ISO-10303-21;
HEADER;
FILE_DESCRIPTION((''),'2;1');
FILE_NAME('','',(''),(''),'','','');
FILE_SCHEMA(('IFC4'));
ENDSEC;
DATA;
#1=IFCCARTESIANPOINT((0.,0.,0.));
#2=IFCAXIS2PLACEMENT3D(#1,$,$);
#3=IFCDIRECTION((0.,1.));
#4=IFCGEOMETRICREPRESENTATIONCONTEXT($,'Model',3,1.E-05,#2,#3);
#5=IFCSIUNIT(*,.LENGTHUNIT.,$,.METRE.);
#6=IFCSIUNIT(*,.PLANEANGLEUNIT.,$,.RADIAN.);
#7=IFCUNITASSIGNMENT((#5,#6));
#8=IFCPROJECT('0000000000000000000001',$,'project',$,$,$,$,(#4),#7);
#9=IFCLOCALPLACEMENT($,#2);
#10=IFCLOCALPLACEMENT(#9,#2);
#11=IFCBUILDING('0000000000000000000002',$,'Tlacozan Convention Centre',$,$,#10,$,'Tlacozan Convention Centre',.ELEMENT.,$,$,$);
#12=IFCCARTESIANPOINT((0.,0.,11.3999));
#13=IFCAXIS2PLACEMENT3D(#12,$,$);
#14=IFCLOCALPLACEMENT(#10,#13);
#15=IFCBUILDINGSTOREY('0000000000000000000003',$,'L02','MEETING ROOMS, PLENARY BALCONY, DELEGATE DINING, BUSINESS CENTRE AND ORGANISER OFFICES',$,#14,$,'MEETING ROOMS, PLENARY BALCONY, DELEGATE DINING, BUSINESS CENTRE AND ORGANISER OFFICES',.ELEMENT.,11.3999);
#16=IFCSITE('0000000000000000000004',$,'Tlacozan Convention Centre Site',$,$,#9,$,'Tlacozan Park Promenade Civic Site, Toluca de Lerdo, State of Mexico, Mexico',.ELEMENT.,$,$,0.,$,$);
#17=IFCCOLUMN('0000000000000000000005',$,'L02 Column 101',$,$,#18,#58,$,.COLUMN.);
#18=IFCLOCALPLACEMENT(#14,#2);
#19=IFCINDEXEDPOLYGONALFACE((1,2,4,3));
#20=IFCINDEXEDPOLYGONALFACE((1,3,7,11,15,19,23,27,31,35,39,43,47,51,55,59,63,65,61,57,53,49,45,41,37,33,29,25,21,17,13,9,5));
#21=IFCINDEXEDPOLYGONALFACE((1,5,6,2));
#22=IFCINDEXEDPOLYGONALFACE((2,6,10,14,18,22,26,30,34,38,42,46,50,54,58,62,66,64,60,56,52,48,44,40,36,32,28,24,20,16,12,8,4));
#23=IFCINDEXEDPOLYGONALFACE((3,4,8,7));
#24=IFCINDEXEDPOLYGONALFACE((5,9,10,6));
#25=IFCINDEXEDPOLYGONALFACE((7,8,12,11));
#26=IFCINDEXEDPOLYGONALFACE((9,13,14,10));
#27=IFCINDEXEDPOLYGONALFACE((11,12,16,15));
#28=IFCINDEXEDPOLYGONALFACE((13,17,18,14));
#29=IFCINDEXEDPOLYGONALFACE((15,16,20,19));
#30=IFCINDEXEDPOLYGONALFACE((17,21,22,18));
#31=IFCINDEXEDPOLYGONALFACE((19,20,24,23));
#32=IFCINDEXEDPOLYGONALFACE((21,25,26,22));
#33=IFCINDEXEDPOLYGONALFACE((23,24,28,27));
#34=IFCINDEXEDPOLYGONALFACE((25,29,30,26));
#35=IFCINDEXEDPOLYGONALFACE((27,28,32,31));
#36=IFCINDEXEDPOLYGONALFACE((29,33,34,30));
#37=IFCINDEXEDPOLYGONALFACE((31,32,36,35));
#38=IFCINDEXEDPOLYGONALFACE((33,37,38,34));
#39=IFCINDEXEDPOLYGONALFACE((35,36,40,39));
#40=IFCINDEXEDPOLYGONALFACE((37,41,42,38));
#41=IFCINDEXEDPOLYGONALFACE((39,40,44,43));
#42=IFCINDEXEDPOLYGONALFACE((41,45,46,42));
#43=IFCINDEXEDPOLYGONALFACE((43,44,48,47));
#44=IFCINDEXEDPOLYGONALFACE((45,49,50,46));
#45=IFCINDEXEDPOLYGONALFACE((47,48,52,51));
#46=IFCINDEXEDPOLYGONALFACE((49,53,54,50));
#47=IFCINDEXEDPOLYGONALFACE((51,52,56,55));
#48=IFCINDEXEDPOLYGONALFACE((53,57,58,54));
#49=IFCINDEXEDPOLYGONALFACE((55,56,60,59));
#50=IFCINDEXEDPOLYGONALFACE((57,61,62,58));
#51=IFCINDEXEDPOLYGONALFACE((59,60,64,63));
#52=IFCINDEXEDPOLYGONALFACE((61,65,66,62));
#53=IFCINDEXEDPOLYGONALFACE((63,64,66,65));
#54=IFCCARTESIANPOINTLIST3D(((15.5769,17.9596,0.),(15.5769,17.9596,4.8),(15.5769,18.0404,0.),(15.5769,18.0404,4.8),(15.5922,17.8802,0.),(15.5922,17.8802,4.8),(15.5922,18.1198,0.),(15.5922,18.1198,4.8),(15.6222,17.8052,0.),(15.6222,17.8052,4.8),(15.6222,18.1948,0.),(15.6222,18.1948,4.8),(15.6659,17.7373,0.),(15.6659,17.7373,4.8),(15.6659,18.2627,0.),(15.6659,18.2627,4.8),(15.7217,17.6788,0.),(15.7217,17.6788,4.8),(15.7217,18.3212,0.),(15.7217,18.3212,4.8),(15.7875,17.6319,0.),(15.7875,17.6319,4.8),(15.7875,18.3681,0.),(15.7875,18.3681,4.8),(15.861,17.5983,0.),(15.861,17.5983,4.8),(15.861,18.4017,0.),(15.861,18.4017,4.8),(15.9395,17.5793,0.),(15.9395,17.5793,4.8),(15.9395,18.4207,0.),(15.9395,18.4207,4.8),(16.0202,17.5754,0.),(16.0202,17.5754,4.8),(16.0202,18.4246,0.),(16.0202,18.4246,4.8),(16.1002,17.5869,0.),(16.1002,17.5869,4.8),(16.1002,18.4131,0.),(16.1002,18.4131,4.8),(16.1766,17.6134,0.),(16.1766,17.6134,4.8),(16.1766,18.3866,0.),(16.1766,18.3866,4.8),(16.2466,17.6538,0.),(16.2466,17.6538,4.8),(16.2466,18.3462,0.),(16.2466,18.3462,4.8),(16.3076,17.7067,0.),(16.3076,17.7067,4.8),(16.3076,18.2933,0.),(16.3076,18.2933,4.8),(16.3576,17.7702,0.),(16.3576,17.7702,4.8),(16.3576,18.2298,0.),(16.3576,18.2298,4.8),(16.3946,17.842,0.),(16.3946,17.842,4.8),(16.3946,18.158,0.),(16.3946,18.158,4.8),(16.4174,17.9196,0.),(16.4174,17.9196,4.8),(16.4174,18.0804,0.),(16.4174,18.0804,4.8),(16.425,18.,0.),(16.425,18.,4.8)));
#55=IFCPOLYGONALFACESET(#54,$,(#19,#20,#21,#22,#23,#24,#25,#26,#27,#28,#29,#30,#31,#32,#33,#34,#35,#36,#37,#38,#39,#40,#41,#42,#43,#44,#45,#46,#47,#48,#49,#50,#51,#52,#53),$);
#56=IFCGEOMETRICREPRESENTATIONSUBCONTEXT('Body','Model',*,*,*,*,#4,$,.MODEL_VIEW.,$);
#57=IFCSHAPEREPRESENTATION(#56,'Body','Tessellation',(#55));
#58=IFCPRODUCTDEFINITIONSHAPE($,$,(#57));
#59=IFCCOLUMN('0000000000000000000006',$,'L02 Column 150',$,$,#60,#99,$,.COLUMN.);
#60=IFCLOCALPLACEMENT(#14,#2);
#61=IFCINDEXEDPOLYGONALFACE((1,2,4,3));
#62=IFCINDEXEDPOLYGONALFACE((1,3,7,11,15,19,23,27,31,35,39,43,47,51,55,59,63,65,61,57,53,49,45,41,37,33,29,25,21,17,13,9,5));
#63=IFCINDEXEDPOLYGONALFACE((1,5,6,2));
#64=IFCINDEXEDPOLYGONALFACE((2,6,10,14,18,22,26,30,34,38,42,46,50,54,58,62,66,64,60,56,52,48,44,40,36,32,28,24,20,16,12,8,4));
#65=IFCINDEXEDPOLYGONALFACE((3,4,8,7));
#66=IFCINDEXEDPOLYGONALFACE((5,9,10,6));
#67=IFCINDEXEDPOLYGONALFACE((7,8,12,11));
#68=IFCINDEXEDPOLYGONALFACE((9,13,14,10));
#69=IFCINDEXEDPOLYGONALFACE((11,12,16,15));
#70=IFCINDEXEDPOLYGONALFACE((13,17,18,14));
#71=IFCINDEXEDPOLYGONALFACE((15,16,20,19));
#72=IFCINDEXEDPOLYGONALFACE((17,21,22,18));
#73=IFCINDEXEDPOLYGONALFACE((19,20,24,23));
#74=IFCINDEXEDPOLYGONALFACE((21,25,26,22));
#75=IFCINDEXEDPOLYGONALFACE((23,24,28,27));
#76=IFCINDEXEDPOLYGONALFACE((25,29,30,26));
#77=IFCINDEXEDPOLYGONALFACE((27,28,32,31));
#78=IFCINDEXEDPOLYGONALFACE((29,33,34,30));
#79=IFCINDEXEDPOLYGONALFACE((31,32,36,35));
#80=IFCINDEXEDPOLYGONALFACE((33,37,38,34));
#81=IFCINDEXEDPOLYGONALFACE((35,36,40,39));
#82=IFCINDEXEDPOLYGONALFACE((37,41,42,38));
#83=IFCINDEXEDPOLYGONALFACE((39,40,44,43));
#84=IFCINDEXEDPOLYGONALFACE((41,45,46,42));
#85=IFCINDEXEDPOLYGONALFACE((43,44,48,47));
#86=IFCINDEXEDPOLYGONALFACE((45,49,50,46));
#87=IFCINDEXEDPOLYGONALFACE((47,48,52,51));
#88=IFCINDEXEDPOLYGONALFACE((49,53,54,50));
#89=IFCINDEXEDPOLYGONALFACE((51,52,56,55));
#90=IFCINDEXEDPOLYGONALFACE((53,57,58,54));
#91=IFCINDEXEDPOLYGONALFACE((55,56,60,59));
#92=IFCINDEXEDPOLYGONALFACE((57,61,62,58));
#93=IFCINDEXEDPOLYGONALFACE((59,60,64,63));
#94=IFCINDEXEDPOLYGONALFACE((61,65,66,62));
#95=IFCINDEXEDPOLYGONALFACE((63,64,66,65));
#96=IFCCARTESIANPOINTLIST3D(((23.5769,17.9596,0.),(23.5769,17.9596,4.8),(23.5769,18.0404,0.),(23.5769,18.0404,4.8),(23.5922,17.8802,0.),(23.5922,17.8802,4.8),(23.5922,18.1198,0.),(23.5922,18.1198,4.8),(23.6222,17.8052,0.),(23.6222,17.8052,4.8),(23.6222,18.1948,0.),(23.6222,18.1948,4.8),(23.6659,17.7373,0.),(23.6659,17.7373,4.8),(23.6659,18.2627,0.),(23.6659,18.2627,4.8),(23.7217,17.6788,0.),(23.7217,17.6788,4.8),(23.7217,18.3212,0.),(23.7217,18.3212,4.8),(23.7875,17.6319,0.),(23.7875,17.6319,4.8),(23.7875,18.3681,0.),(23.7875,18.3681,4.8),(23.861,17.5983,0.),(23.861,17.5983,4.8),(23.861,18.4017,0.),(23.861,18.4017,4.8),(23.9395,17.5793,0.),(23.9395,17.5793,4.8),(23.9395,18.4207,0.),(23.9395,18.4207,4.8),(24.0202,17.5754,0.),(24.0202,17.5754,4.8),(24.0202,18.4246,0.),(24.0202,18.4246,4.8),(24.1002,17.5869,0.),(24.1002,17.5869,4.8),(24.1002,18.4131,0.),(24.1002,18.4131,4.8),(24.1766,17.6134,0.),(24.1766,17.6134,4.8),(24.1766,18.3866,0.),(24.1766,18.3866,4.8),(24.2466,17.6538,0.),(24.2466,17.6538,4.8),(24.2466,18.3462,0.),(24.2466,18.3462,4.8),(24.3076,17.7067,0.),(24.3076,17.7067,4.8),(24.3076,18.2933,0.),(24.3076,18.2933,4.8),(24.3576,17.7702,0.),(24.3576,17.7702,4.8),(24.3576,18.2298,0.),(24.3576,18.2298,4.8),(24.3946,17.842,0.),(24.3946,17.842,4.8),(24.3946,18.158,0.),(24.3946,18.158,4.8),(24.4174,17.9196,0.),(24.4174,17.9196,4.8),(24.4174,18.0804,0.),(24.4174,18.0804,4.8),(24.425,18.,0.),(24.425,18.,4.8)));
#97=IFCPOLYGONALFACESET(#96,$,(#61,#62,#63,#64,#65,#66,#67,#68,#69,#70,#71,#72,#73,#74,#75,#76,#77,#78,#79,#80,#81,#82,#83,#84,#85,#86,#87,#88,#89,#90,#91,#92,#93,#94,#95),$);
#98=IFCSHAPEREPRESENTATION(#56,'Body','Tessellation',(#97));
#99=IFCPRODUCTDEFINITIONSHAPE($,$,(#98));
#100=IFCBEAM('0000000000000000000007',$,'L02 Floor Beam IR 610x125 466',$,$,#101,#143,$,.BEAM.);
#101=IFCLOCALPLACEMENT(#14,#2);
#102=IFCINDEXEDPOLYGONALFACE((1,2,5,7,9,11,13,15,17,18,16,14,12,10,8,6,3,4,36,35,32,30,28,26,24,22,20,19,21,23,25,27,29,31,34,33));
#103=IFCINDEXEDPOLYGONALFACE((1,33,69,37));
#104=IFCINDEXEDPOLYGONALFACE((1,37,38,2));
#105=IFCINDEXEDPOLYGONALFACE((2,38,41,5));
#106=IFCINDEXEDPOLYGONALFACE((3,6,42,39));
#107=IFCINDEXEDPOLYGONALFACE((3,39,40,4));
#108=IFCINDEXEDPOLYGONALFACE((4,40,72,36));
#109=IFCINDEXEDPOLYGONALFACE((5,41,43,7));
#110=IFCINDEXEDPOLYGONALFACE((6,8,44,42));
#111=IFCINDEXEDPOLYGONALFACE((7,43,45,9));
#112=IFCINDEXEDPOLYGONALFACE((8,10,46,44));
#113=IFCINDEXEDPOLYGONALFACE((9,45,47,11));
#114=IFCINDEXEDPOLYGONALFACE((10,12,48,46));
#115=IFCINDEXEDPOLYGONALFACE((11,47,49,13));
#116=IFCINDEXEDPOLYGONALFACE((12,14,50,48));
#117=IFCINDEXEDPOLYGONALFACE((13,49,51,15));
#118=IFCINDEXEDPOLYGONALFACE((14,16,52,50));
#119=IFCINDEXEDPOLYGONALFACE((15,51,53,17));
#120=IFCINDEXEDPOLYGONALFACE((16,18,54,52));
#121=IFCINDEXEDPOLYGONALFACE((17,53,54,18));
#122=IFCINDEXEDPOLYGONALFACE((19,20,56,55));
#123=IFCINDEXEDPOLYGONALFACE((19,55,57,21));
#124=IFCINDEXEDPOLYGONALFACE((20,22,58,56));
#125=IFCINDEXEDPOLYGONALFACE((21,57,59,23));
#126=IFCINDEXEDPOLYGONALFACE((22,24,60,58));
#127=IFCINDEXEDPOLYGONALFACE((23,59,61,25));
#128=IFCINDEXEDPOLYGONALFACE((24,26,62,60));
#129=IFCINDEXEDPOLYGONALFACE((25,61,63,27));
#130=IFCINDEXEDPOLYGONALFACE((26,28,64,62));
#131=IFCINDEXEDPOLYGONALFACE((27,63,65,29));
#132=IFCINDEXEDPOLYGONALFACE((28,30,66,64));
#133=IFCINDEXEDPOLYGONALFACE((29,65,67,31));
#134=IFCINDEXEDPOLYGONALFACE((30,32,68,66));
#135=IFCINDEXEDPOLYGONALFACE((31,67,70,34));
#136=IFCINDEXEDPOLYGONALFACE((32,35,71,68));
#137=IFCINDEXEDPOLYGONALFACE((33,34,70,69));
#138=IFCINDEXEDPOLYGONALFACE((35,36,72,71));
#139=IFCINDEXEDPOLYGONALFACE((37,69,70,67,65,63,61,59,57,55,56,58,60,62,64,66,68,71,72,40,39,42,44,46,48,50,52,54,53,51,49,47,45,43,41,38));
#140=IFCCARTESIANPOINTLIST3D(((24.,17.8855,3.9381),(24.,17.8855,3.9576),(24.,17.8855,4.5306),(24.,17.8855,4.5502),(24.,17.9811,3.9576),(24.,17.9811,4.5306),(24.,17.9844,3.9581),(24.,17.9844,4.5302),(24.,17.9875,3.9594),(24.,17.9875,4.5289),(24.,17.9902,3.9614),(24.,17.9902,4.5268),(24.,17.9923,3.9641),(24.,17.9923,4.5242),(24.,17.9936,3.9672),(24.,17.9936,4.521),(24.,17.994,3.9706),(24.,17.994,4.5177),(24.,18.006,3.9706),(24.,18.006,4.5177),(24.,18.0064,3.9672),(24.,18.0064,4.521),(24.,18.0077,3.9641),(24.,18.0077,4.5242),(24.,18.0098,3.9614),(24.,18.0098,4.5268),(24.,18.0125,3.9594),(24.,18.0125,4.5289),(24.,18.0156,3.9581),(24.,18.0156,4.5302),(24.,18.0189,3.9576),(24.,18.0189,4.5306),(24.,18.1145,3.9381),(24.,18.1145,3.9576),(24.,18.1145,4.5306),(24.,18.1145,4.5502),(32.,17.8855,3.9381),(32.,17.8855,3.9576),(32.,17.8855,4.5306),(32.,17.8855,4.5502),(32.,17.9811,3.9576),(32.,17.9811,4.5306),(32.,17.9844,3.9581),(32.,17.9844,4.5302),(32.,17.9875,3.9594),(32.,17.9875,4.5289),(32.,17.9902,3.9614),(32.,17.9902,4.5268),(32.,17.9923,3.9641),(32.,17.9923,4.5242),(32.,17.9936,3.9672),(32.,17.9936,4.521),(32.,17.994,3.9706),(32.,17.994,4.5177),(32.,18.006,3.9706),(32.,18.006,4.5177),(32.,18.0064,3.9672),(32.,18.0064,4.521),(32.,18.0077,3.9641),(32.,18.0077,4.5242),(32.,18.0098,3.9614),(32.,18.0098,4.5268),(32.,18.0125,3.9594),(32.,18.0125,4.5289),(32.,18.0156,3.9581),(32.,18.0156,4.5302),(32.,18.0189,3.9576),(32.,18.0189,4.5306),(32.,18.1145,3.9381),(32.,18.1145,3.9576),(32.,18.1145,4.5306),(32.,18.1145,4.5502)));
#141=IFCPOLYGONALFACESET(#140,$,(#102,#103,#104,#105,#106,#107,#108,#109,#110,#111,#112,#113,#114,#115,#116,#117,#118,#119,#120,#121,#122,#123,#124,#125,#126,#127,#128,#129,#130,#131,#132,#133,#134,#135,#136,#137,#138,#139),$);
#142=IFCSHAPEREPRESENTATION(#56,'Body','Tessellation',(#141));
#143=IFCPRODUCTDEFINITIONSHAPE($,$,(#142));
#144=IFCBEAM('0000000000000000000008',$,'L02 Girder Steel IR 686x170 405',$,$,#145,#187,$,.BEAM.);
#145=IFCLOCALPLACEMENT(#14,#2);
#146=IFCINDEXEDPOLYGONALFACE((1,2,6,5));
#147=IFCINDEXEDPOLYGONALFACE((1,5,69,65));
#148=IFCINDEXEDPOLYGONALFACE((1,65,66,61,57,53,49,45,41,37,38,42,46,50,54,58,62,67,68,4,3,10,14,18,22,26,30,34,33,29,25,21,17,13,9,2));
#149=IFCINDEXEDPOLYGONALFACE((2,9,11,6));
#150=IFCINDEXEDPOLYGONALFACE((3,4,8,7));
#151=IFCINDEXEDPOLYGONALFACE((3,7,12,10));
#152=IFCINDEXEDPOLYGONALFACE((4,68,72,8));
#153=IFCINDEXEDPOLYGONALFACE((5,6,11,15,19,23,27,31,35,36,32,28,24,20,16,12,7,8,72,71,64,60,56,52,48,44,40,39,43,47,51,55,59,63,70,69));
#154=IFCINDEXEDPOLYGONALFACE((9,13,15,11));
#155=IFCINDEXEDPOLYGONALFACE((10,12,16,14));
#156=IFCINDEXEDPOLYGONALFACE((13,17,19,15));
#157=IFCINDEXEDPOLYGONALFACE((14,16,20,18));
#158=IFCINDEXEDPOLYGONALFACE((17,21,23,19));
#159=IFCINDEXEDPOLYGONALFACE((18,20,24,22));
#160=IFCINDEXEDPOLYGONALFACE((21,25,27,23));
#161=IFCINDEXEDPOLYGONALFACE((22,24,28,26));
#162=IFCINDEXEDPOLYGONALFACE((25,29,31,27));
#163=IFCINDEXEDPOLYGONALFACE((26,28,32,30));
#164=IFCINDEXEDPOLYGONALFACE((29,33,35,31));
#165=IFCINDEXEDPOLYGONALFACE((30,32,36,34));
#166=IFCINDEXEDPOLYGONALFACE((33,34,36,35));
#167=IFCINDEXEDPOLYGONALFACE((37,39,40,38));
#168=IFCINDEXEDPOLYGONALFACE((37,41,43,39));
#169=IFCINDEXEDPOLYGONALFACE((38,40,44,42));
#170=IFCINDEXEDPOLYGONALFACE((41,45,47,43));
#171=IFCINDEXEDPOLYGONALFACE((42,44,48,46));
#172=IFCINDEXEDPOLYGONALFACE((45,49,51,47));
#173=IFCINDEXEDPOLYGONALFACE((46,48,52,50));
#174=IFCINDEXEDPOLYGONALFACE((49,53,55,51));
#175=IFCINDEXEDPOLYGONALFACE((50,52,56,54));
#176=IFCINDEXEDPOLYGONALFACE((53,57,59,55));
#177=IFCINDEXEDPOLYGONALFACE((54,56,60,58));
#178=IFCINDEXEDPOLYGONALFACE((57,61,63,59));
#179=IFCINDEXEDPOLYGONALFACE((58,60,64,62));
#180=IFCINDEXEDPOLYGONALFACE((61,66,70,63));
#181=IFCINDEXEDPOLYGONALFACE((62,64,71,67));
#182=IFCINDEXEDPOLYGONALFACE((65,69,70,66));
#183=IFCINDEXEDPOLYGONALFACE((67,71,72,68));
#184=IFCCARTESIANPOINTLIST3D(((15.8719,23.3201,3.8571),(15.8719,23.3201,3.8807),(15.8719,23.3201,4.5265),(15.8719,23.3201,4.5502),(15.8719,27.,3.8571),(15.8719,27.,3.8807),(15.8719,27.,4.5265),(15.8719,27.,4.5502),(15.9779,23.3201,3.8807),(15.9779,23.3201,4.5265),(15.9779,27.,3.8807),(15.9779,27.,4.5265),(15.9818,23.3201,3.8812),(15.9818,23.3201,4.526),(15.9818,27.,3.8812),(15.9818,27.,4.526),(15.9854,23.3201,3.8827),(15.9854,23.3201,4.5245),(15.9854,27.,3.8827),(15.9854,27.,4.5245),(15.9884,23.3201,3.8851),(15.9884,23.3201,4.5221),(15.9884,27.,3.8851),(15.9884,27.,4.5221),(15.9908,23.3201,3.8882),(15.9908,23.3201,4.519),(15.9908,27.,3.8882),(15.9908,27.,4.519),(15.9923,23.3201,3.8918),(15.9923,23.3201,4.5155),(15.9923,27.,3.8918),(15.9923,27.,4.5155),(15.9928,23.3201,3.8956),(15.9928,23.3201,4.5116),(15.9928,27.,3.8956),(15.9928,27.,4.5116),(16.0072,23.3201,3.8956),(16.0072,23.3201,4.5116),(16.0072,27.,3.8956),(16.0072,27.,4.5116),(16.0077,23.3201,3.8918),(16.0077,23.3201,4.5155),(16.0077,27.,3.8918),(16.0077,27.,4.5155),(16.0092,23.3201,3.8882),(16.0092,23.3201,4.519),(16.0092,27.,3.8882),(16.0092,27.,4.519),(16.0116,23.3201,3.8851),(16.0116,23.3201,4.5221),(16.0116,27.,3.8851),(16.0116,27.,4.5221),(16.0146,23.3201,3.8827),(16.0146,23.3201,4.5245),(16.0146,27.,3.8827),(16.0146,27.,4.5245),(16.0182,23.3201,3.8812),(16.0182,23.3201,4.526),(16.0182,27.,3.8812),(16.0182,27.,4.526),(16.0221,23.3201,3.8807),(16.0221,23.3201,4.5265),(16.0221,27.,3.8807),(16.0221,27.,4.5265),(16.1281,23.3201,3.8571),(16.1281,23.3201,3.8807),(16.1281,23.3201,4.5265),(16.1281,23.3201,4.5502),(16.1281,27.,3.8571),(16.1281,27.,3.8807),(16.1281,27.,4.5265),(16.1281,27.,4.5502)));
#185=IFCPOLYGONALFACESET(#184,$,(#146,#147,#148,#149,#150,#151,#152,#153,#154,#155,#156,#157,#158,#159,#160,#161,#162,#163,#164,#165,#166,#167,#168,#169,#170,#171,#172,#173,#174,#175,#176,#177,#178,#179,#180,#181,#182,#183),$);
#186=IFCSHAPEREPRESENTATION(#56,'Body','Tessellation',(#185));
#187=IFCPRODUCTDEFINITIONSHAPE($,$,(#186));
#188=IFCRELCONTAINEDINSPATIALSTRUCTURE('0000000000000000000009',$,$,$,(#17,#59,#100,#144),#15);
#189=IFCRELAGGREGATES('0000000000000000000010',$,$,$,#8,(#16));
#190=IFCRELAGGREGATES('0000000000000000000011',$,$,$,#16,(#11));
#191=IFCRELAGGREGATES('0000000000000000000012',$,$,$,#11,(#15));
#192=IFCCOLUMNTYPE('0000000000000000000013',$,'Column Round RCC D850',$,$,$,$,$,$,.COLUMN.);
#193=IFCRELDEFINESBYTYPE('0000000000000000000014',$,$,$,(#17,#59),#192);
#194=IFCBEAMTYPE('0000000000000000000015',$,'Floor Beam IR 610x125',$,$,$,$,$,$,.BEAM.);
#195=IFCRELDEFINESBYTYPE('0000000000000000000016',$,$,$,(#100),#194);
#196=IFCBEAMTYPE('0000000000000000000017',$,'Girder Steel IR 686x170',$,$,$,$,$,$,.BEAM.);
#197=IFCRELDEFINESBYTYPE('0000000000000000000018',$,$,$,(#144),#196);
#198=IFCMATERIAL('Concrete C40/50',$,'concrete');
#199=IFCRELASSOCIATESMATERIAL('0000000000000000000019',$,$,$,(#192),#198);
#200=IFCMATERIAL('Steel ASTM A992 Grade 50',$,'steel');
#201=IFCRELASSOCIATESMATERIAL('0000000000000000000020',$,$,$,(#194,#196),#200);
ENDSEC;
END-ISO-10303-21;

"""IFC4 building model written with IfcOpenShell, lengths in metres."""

from ifc_helpers import new_model, si_unit, direction, frame, origin, origin_2d, place, context, subcontext, project, spatial, circle, i_section, extrude, material, material_profile, profile_set, type_object, element, save


model = new_model("IFC4")

# Units and contexts
model_context = context("Model", 3, precision=1e-05, world=origin(), true_north=direction((0.0, 1.0)))
body_context = subcontext(model_context, "Body", "Model", "MODEL_VIEW")
ifc_project = project(units=[si_unit("LENGTHUNIT", "METRE"), si_unit("PLANEANGLEUNIT", "RADIAN")], contexts=[model_context])

# Site, building, storey
site_placement = place(None, origin())
site = spatial("IfcSite", under=ifc_project, at=site_placement, Name="Tlacozan Convention Centre Site", LongName="Tlacozan Park Promenade Civic Site, Toluca de Lerdo, State of Mexico, Mexico", CompositionType="ELEMENT", RefElevation=0.0)
building_placement = place(site_placement, origin())
building = spatial("IfcBuilding", under=site, at=building_placement, Name="Tlacozan Convention Centre", LongName="Tlacozan Convention Centre", CompositionType="ELEMENT")
storey_placement = place(building_placement, frame((0.0, 0.0, 11.3999)))
storey = spatial("IfcBuildingStorey", under=building, at=storey_placement, Name="L02", Description="MEETING ROOMS, PLENARY BALCONY, DELEGATE DINING, BUSINESS CENTRE AND ORGANISER OFFICES", LongName="MEETING ROOMS, PLENARY BALCONY, DELEGATE DINING, BUSINESS CENTRE AND ORGANISER OFFICES", CompositionType="ELEMENT", Elevation=11.3999)

# Columns
ifc_material_1 = material(Name="Concrete C40/50", Category="concrete")
ifc_material_profile_1 = material_profile(ifc_material_1, circle(Radius=0.425, at=origin_2d()), Name="RCC D850")
ifc_profile_set_1 = profile_set([ifc_material_profile_1], Name="Concrete C40/50")
column_type = type_object("IfcColumnType", Name="Column Round RCC D850", PredefinedType="COLUMN", material=ifc_profile_set_1)
for number, where, z_axis, x_axis, name in (
    (1, (16.0, 18.0, 0.0), (0.0, 0.0, 1.0), (1.0, 0.0, 0.0), "L02 Column 101"),
    (2, (24.0, 18.0, 0.0), (0.0, 0.0, 1.0), (1.0, 0.0, 0.0), "L02 Column 150"),
):
    element("IfcColumn", number, at=place(storey_placement, frame(where, z_axis=z_axis, x_axis=x_axis)), inside=storey, type_object=column_type, Name=name, PredefinedType="COLUMN", context=body_context, shape_type="SweptSolid", body=[
        extrude(circle(Radius=0.425, at=origin_2d()), origin(), (0.0, 0.0, 1.0), 4.8),
    ])

# Beams
ifc_material_2 = material(Name="Steel ASTM A992 Grade 50", Category="steel")
ifc_material_profile_2 = material_profile(ifc_material_2, i_section(OverallWidth=0.229, OverallDepth=0.6121, WebThickness=0.012, FlangeThickness=0.0195, FilletRadius=0.0129, at=origin_2d()), Name="IR 610x125.0")
ifc_profile_set_2 = profile_set([ifc_material_profile_2], Name="Steel ASTM A992 Grade 50")
beam_type_1 = type_object("IfcBeamType", Name="Floor Beam IR 610x125", PredefinedType="BEAM", material=ifc_profile_set_2)
beam_1_placement = place(storey_placement, frame((24.0, 18.0, 4.2441), z_axis=(1.0, 0.0, 0.0), x_axis=(0.0, 1.0, 0.0)))
element("IfcBeam", 3, at=beam_1_placement, inside=storey, type_object=beam_type_1, Name="L02 Floor Beam IR 610x125 466", PredefinedType="BEAM", context=body_context, shape_type="SweptSolid", body=[
    extrude(i_section(OverallWidth=0.229, OverallDepth=0.6121, WebThickness=0.012, FlangeThickness=0.0195, FilletRadius=0.0129, at=origin_2d()), origin(), (0.0, 0.0, 1.0), 8.0),
])
ifc_material_profile_3 = material_profile(ifc_material_2, i_section(OverallWidth=0.2561, OverallDepth=0.6931, WebThickness=0.0144, FlangeThickness=0.0237, FilletRadius=0.0149, at=origin_2d()), Name="IR 686x170.0")
ifc_profile_set_3 = profile_set([ifc_material_profile_3], Name="Steel ASTM A992 Grade 50")
beam_type_2 = type_object("IfcBeamType", Name="Girder Steel IR 686x170", PredefinedType="BEAM", material=ifc_profile_set_3)
beam_2_placement = place(storey_placement, frame((16.0, 23.3201, 4.2036), z_axis=(0.0, 1.0, 0.0), x_axis=(-1.0, 0.0, 0.0)))
element("IfcBeam", 4, at=beam_2_placement, inside=storey, type_object=beam_type_2, Name="L02 Girder Steel IR 686x170 405", PredefinedType="BEAM", context=body_context, shape_type="SweptSolid", body=[
    extrude(i_section(OverallWidth=0.2561, OverallDepth=0.6931, WebThickness=0.0144, FlangeThickness=0.0237, FilletRadius=0.0149, at=origin_2d()), origin(), (0.0, 0.0, 1.0), 3.6799),
])

save(model, "model.ifc")
